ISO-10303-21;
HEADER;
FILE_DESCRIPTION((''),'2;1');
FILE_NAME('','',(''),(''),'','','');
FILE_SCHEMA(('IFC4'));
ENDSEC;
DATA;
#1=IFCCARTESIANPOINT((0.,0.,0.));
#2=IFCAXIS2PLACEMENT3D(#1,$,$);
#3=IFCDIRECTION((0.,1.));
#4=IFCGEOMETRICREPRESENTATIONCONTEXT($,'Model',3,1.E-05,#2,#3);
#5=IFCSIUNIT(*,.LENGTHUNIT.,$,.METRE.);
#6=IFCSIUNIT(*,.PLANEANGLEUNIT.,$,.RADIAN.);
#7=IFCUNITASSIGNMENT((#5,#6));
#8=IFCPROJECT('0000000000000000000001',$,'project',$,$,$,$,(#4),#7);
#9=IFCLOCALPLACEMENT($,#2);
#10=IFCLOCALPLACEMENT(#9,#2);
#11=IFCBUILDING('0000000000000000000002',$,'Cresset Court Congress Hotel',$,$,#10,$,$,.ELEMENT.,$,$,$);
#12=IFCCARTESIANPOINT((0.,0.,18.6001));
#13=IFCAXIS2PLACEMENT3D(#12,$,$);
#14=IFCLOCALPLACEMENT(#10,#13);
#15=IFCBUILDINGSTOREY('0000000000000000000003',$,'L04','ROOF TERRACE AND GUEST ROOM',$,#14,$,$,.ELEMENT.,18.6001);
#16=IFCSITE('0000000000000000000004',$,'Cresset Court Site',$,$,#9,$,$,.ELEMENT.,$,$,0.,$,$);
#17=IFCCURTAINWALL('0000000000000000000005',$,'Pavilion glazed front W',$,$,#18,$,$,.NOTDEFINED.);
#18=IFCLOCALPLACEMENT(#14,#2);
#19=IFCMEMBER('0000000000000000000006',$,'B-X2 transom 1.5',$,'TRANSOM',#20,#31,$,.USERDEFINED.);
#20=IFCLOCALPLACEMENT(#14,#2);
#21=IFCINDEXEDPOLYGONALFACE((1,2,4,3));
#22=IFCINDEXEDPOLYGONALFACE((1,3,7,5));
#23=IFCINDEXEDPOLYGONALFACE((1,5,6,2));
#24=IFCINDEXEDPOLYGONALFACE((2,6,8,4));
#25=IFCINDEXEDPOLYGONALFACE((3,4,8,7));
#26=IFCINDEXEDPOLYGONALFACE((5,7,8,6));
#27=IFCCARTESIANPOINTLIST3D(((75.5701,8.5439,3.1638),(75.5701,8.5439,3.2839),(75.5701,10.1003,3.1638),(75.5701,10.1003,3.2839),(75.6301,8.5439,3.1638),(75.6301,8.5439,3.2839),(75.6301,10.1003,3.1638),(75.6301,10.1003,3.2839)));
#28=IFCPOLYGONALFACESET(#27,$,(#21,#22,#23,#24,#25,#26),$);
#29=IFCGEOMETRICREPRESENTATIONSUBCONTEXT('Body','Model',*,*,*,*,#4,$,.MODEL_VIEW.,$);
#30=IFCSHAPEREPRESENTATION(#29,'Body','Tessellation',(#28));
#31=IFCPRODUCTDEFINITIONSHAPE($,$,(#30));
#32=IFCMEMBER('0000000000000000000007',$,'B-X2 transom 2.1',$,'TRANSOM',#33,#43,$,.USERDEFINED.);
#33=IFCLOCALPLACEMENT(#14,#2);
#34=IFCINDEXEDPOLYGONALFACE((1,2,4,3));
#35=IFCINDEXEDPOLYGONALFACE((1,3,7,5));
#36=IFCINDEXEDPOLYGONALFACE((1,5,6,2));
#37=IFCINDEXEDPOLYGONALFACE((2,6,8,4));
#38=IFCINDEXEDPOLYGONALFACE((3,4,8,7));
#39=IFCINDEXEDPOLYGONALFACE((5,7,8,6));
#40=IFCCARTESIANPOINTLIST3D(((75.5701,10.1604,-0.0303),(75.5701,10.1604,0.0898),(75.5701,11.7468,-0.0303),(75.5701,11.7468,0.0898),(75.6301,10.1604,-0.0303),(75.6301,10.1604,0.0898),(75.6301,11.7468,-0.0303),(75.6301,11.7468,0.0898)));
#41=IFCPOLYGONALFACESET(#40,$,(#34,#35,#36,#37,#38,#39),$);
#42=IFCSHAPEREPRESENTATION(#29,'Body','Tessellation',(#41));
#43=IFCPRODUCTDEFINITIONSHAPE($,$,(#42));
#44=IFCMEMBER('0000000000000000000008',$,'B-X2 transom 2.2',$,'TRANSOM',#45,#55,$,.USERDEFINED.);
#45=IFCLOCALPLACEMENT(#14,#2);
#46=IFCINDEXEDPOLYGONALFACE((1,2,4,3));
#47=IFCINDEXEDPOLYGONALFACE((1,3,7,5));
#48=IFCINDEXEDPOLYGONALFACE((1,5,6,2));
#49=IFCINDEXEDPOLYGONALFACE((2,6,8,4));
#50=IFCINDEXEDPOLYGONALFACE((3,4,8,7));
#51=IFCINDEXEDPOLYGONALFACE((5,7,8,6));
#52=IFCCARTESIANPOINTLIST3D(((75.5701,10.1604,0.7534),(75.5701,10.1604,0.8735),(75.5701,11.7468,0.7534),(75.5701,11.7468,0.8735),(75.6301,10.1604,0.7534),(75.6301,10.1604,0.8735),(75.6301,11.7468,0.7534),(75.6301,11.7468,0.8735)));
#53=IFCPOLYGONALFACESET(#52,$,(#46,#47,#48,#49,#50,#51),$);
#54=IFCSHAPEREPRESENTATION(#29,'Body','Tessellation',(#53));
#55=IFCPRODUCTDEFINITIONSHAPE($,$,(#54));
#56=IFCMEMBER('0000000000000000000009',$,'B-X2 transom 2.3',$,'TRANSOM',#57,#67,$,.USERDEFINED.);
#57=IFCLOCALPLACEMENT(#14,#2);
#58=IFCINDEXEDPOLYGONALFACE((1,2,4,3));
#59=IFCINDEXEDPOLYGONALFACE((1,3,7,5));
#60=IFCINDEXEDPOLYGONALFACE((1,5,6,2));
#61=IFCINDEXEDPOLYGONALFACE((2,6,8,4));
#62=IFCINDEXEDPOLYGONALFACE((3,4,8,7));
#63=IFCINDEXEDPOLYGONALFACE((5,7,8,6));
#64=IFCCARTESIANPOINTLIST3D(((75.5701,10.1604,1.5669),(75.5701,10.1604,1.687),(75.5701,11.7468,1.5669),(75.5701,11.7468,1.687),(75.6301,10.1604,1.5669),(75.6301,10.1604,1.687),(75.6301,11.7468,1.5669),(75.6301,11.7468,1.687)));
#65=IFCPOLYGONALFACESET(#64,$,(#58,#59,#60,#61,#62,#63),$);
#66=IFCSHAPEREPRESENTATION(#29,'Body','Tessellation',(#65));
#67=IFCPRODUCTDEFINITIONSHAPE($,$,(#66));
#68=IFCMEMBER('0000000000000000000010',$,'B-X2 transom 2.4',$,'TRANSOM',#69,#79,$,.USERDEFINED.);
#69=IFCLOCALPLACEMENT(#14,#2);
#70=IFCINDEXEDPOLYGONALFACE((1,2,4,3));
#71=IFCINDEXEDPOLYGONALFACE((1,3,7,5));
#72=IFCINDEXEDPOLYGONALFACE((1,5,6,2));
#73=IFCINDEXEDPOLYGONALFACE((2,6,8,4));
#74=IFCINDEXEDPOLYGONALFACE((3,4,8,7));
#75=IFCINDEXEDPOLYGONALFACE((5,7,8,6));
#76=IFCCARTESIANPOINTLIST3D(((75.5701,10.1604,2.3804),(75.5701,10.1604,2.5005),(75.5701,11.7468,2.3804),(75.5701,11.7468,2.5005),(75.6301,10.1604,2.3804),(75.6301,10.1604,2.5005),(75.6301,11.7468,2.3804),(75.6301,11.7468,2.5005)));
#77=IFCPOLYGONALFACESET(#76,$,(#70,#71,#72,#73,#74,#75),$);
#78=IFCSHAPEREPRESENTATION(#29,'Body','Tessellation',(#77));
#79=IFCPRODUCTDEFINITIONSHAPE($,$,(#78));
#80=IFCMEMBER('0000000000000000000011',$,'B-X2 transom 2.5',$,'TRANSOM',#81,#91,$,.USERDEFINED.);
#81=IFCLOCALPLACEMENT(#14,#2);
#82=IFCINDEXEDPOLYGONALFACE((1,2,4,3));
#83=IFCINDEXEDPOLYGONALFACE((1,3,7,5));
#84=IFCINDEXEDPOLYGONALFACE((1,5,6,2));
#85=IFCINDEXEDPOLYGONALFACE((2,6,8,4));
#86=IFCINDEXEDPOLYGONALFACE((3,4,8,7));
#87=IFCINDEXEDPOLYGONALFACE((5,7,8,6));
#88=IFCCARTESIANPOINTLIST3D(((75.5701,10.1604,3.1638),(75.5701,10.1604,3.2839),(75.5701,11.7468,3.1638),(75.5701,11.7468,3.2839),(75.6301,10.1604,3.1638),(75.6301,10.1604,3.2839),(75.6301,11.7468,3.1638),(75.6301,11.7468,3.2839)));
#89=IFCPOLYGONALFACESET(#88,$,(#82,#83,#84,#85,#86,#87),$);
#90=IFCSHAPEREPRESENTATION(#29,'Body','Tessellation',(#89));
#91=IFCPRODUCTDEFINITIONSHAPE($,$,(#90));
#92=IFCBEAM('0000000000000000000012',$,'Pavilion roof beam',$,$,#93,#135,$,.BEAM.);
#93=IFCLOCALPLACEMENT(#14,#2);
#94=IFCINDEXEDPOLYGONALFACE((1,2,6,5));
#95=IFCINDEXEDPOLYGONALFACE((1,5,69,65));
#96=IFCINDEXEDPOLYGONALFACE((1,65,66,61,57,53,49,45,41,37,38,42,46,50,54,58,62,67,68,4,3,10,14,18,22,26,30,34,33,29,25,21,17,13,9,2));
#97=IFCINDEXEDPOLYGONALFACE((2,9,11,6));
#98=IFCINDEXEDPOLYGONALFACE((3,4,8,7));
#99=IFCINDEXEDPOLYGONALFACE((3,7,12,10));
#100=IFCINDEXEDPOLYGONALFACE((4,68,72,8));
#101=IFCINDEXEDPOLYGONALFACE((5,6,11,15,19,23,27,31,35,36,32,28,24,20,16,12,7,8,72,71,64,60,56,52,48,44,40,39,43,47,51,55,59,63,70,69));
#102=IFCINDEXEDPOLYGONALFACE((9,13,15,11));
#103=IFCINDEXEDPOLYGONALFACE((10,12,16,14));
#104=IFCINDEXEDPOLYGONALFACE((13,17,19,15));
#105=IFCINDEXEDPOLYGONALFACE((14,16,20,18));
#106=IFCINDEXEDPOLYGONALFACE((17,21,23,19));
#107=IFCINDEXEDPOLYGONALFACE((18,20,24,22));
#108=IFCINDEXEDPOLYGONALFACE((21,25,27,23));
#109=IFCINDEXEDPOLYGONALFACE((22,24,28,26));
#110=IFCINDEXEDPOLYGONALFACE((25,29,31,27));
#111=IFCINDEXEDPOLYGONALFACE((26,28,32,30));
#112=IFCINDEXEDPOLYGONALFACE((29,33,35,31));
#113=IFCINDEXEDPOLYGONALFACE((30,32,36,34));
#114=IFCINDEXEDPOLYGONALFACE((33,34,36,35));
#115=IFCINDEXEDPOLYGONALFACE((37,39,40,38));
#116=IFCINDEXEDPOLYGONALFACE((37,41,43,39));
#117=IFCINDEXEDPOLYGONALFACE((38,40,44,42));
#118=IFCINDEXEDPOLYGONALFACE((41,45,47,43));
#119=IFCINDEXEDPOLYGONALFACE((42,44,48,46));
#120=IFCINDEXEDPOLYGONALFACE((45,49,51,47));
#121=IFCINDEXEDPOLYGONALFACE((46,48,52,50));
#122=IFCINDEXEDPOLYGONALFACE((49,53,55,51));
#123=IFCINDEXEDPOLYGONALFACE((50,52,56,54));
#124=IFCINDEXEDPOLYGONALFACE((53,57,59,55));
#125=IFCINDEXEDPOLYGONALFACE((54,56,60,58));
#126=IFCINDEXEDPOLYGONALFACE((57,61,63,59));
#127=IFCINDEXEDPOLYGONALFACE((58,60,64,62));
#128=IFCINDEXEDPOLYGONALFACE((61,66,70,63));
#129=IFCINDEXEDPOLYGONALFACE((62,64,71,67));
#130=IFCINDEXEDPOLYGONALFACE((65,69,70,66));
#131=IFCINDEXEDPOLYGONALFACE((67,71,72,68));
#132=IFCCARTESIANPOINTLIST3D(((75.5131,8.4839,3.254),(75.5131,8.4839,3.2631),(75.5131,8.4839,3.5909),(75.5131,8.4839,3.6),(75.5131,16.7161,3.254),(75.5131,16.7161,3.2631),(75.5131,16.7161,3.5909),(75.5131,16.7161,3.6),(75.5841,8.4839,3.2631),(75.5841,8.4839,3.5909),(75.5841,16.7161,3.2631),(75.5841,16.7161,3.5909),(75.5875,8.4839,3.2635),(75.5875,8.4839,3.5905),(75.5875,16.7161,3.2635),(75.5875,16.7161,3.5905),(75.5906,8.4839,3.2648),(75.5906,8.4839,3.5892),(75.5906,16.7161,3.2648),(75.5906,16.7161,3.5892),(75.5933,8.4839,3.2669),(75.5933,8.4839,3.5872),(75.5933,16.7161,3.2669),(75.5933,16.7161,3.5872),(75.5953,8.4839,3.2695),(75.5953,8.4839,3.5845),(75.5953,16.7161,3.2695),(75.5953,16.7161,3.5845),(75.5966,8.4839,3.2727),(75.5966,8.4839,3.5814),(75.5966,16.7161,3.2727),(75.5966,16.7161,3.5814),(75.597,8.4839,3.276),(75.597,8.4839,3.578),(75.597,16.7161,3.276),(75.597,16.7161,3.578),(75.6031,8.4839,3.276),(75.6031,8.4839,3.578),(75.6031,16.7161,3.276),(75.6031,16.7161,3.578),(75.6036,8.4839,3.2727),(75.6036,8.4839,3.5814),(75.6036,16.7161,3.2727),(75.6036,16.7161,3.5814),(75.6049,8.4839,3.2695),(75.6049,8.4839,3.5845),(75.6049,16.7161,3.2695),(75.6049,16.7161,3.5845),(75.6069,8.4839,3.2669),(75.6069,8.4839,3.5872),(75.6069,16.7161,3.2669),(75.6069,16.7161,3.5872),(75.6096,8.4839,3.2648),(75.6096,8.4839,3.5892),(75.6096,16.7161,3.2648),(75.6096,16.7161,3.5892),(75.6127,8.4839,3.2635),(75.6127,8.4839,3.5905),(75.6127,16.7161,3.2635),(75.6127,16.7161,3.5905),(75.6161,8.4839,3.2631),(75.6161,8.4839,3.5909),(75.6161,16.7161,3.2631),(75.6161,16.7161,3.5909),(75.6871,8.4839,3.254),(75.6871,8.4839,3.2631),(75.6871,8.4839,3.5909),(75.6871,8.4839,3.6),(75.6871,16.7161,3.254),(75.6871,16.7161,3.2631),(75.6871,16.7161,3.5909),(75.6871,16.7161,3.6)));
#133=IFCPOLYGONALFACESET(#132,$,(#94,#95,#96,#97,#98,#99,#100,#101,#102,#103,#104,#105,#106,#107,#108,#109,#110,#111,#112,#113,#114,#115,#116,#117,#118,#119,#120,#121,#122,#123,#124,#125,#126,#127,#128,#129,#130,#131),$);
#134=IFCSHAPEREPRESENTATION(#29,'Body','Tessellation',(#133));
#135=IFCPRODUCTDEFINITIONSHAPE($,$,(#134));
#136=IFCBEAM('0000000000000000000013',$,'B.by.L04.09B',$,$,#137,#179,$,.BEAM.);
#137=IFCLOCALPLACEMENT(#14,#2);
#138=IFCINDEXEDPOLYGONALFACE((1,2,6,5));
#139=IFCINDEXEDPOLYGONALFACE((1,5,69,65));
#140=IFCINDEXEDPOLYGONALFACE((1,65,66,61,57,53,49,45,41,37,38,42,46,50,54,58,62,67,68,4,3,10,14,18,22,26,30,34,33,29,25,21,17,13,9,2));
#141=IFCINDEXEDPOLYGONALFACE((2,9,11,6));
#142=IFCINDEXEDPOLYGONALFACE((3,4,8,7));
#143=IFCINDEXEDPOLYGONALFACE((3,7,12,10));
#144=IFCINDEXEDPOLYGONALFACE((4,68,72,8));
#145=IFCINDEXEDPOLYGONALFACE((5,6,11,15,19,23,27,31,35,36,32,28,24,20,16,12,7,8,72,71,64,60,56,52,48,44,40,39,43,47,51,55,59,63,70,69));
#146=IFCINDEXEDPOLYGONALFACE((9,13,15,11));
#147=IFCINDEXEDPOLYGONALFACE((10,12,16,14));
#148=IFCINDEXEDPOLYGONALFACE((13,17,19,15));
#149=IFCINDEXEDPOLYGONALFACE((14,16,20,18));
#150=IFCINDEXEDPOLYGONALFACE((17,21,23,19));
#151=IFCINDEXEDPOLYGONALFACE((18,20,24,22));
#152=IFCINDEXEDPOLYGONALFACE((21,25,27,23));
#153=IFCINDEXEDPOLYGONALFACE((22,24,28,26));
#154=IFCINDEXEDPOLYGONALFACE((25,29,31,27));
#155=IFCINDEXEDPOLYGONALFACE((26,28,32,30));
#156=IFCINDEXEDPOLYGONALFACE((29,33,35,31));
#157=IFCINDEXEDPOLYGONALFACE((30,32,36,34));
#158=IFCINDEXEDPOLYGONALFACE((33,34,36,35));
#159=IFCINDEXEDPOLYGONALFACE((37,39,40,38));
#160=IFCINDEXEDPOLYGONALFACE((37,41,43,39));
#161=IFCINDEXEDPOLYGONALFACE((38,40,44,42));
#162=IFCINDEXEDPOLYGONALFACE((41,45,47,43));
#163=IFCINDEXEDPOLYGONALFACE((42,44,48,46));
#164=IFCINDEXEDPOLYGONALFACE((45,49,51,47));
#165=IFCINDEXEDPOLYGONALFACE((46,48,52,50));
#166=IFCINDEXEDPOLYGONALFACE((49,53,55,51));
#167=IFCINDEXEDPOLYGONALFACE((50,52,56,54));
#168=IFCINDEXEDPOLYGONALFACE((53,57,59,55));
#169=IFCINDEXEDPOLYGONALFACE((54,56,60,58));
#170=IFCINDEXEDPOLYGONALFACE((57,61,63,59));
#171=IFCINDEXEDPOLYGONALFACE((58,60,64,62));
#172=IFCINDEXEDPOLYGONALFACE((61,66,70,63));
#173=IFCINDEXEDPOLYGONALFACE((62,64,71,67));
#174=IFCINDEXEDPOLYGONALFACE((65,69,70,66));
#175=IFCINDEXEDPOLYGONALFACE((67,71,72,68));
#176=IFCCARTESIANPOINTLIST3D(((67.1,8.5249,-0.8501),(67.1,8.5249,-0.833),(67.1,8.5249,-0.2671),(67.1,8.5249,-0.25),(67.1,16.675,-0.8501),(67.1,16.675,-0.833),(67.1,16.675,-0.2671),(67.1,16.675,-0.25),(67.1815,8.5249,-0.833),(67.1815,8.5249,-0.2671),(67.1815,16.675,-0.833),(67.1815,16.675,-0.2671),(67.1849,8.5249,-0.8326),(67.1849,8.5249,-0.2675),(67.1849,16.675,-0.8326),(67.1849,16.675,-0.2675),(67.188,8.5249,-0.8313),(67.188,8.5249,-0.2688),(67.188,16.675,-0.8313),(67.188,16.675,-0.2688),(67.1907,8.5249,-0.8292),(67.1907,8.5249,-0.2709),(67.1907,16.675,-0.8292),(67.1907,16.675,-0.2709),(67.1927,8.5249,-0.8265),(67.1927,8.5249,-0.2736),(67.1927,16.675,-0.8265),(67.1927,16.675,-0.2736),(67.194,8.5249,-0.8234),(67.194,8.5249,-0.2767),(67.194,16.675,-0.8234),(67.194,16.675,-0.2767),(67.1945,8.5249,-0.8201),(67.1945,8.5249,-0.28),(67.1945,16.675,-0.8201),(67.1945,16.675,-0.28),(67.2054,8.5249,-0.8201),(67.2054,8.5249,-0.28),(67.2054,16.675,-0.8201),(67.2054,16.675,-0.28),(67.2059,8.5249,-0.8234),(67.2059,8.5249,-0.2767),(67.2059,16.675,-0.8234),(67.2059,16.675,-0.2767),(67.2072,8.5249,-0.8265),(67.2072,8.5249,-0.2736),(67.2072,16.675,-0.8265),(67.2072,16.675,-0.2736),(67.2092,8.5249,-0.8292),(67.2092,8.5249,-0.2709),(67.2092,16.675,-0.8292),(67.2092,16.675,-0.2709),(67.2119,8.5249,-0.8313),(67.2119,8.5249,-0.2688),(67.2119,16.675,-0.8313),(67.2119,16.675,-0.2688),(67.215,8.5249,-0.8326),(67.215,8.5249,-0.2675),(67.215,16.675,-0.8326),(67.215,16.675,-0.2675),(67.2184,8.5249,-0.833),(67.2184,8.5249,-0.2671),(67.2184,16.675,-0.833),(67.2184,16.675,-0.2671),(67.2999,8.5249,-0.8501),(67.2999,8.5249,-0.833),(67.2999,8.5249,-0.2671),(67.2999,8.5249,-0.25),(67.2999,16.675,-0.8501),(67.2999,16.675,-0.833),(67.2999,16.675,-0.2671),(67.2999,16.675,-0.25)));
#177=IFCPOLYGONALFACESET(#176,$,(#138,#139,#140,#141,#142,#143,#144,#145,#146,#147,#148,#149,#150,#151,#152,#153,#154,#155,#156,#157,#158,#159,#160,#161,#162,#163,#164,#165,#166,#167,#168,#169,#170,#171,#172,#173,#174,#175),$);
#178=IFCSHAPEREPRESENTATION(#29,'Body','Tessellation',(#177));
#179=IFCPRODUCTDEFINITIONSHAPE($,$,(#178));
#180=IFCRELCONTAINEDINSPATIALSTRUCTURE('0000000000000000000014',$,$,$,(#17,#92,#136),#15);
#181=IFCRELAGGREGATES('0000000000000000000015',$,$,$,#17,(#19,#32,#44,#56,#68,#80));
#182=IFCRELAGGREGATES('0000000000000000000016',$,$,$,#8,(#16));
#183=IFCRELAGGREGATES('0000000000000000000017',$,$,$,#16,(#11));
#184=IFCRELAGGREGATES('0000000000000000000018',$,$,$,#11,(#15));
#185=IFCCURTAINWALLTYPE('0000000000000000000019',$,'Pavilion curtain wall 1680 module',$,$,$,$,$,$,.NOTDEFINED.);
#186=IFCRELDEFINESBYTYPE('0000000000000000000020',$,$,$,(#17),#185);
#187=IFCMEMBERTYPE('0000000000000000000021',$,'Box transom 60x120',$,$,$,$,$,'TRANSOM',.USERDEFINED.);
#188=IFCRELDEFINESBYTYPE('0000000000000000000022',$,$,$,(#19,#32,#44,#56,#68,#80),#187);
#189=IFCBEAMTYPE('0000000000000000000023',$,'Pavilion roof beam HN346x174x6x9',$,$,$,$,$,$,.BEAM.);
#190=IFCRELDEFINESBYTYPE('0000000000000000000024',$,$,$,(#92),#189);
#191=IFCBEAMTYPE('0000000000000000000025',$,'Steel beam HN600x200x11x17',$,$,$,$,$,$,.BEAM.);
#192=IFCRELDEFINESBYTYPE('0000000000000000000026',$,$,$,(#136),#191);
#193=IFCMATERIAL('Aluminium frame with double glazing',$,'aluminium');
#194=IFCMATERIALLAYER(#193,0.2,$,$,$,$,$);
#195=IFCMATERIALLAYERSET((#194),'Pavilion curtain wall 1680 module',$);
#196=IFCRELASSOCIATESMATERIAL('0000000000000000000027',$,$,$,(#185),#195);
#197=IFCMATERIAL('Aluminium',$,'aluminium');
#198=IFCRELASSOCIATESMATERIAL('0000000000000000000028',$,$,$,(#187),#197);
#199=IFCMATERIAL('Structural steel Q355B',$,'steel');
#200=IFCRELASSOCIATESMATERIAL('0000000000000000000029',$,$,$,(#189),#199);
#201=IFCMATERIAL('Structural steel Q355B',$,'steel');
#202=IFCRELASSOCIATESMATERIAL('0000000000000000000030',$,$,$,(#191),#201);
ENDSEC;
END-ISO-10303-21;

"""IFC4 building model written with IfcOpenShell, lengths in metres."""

from ifc_helpers import new_model, si_unit, direction, frame, origin, origin_2d, place, context, subcontext, project, spatial, rectangle, i_section, extrude, material, layer, layer_set, material_profile, profile_set, type_object, element, aggregate, save


model = new_model("IFC4")

# Units and contexts
model_context = context("Model", 3, precision=1e-05, world=origin(), true_north=direction((0.0, 1.0)))
body_context = subcontext(model_context, "Body", "Model", "MODEL_VIEW")
ifc_project = project(units=[si_unit("LENGTHUNIT", "METRE"), si_unit("PLANEANGLEUNIT", "RADIAN")], contexts=[model_context])

# Site, building, storey
site_placement = place(None, origin())
site = spatial("IfcSite", under=ifc_project, at=site_placement, Name="Cresset Court Site", CompositionType="ELEMENT", RefElevation=0.0)
building_placement = place(site_placement, origin())
building = spatial("IfcBuilding", under=site, at=building_placement, Name="Cresset Court Congress Hotel", CompositionType="ELEMENT")
storey_placement = place(building_placement, frame((0.0, 0.0, 18.6001)))
storey = spatial("IfcBuildingStorey", under=building, at=storey_placement, Name="L04", Description="ROOF TERRACE AND GUEST ROOM", CompositionType="ELEMENT", Elevation=18.6001)

# Curtain wall, members
ifc_material_1 = material(Name="Aluminium frame with double glazing", Category="aluminium")
ifc_layer_1 = layer(ifc_material_1, 0.2)
ifc_layer_set_1 = layer_set([ifc_layer_1], Name="Pavilion curtain wall 1680 module")
curtain_wall_type = type_object("IfcCurtainWallType", Name="Pavilion curtain wall 1680 module", PredefinedType="NOTDEFINED", material=ifc_layer_set_1)
curtain_wall_placement = place(storey_placement, origin())
curtain_wall = element("IfcCurtainWall", 1, at=curtain_wall_placement, inside=storey, type_object=curtain_wall_type, Name="Pavilion glazed front W", PredefinedType="NOTDEFINED")
ifc_material_2 = material(Name="Aluminium", Category="aluminium")
ifc_material_profile_1 = material_profile(ifc_material_2, rectangle(XDim=0.0601, YDim=0.1201, at=origin_2d()), Name="Box transom 60x120")
ifc_profile_set_1 = profile_set([ifc_material_profile_1], Name="Aluminium")
member_type_1 = type_object("IfcMemberType", Name="Box transom 60x120", ElementType="TRANSOM", PredefinedType="USERDEFINED", material=ifc_profile_set_1)
member_1_placement = place(storey_placement, frame((75.6001, 8.5439, 3.2239), z_axis=(0.0, 1.0, 0.0), x_axis=(-1.0, 0.0, 0.0)))
member_1 = element("IfcMember", 2, at=member_1_placement, type_object=member_type_1, Name="B-X2 transom 1.5", ObjectType="TRANSOM", PredefinedType="USERDEFINED", context=body_context, shape_type="SweptSolid", body=[
    extrude(rectangle(XDim=0.0601, YDim=0.1201, at=origin_2d()), origin(), (0.0, 0.0, 1.0), 1.5564),
])
member_2_placement = place(storey_placement, frame((75.6001, 10.1604, 0.0298), z_axis=(0.0, 1.0, 0.0), x_axis=(-1.0, 0.0, 0.0)))
member_2 = element("IfcMember", 3, at=member_2_placement, type_object=member_type_1, Name="B-X2 transom 2.1", ObjectType="TRANSOM", PredefinedType="USERDEFINED", context=body_context, shape_type="SweptSolid", body=[
    extrude(rectangle(XDim=0.0601, YDim=0.1201, at=origin_2d()), origin(), (0.0, 0.0, 1.0), 1.5864),
])
member_3_placement = place(storey_placement, frame((75.6001, 10.1604, 0.8135), z_axis=(0.0, 1.0, 0.0), x_axis=(-1.0, 0.0, 0.0)))
member_3 = element("IfcMember", 4, at=member_3_placement, type_object=member_type_1, Name="B-X2 transom 2.2", ObjectType="TRANSOM", PredefinedType="USERDEFINED", context=body_context, shape_type="SweptSolid", body=[
    extrude(rectangle(XDim=0.0601, YDim=0.1201, at=origin_2d()), origin(), (0.0, 0.0, 1.0), 1.5864),
])
member_4_placement = place(storey_placement, frame((75.6001, 10.1604, 1.627), z_axis=(0.0, 1.0, 0.0), x_axis=(-1.0, 0.0, 0.0)))
member_4 = element("IfcMember", 5, at=member_4_placement, type_object=member_type_1, Name="B-X2 transom 2.3", ObjectType="TRANSOM", PredefinedType="USERDEFINED", context=body_context, shape_type="SweptSolid", body=[
    extrude(rectangle(XDim=0.0601, YDim=0.1201, at=origin_2d()), origin(), (0.0, 0.0, 1.0), 1.5864),
])
member_5_placement = place(storey_placement, frame((75.6001, 10.1604, 2.4404), z_axis=(0.0, 1.0, 0.0), x_axis=(-1.0, 0.0, 0.0)))
member_5 = element("IfcMember", 6, at=member_5_placement, type_object=member_type_1, Name="B-X2 transom 2.4", ObjectType="TRANSOM", PredefinedType="USERDEFINED", context=body_context, shape_type="SweptSolid", body=[
    extrude(rectangle(XDim=0.0601, YDim=0.1201, at=origin_2d()), origin(), (0.0, 0.0, 1.0), 1.5864),
])
member_6_placement = place(storey_placement, frame((75.6001, 10.1604, 3.2239), z_axis=(0.0, 1.0, 0.0), x_axis=(-1.0, 0.0, 0.0)))
member_6 = element("IfcMember", 7, at=member_6_placement, type_object=member_type_1, Name="B-X2 transom 2.5", ObjectType="TRANSOM", PredefinedType="USERDEFINED", context=body_context, shape_type="SweptSolid", body=[
    extrude(rectangle(XDim=0.0601, YDim=0.1201, at=origin_2d()), origin(), (0.0, 0.0, 1.0), 1.5864),
])

# Beams
ifc_material_3 = material(Name="Structural steel Q355B", Category="steel")
ifc_material_profile_2 = material_profile(ifc_material_3, i_section(OverallWidth=0.1741, OverallDepth=0.3459, WebThickness=0.0061, FlangeThickness=0.009, FilletRadius=0.0129, at=origin_2d()), Name="HN346x174x6x9")
ifc_profile_set_2 = profile_set([ifc_material_profile_2], Name="Structural steel Q355B")
beam_type_1 = type_object("IfcBeamType", Name="Pavilion roof beam HN346x174x6x9", PredefinedType="BEAM", material=ifc_profile_set_2)
beam_1_placement = place(storey_placement, frame((75.6001, 8.4839, 3.427), z_axis=(0.0, 1.0, 0.0), x_axis=(-1.0, 0.0, 0.0)))
element("IfcBeam", 8, at=beam_1_placement, inside=storey, type_object=beam_type_1, Name="Pavilion roof beam", PredefinedType="BEAM", context=body_context, shape_type="SweptSolid", body=[
    extrude(i_section(OverallWidth=0.1741, OverallDepth=0.3459, WebThickness=0.0061, FlangeThickness=0.009, FilletRadius=0.0129, at=origin_2d()), origin(), (0.0, 0.0, 1.0), 8.2322),
])
ifc_material_4 = material(Name="Structural steel Q355B", Category="steel")
ifc_material_profile_3 = material_profile(ifc_material_4, i_section(OverallWidth=0.2, OverallDepth=0.6001, WebThickness=0.011, FlangeThickness=0.0171, FilletRadius=0.0129, at=origin_2d()), Name="HN600x200x11x17")
ifc_profile_set_3 = profile_set([ifc_material_profile_3], Name="Structural steel Q355B")
beam_type_2 = type_object("IfcBeamType", Name="Steel beam HN600x200x11x17", PredefinedType="BEAM", material=ifc_profile_set_3)
for number, where, z_axis, x_axis, name in (
    (9, (67.2, 8.5249, -0.55), (0.0, 1.0, 0.0), (-1.0, 0.0, 0.0), "B.by.L04.09B"),
):
    element("IfcBeam", number, at=place(storey_placement, frame(where, z_axis=z_axis, x_axis=x_axis)), inside=storey, type_object=beam_type_2, Name=name, PredefinedType="BEAM", context=body_context, shape_type="SweptSolid", body=[
        extrude(i_section(OverallWidth=0.2, OverallDepth=0.6001, WebThickness=0.011, FlangeThickness=0.0171, FilletRadius=0.0129, at=origin_2d()), origin(), (0.0, 0.0, 1.0), 8.1501),
    ])

aggregate(curtain_wall, [member_1, member_2, member_3, member_4, member_5, member_6])

save(model, "model.ifc")
